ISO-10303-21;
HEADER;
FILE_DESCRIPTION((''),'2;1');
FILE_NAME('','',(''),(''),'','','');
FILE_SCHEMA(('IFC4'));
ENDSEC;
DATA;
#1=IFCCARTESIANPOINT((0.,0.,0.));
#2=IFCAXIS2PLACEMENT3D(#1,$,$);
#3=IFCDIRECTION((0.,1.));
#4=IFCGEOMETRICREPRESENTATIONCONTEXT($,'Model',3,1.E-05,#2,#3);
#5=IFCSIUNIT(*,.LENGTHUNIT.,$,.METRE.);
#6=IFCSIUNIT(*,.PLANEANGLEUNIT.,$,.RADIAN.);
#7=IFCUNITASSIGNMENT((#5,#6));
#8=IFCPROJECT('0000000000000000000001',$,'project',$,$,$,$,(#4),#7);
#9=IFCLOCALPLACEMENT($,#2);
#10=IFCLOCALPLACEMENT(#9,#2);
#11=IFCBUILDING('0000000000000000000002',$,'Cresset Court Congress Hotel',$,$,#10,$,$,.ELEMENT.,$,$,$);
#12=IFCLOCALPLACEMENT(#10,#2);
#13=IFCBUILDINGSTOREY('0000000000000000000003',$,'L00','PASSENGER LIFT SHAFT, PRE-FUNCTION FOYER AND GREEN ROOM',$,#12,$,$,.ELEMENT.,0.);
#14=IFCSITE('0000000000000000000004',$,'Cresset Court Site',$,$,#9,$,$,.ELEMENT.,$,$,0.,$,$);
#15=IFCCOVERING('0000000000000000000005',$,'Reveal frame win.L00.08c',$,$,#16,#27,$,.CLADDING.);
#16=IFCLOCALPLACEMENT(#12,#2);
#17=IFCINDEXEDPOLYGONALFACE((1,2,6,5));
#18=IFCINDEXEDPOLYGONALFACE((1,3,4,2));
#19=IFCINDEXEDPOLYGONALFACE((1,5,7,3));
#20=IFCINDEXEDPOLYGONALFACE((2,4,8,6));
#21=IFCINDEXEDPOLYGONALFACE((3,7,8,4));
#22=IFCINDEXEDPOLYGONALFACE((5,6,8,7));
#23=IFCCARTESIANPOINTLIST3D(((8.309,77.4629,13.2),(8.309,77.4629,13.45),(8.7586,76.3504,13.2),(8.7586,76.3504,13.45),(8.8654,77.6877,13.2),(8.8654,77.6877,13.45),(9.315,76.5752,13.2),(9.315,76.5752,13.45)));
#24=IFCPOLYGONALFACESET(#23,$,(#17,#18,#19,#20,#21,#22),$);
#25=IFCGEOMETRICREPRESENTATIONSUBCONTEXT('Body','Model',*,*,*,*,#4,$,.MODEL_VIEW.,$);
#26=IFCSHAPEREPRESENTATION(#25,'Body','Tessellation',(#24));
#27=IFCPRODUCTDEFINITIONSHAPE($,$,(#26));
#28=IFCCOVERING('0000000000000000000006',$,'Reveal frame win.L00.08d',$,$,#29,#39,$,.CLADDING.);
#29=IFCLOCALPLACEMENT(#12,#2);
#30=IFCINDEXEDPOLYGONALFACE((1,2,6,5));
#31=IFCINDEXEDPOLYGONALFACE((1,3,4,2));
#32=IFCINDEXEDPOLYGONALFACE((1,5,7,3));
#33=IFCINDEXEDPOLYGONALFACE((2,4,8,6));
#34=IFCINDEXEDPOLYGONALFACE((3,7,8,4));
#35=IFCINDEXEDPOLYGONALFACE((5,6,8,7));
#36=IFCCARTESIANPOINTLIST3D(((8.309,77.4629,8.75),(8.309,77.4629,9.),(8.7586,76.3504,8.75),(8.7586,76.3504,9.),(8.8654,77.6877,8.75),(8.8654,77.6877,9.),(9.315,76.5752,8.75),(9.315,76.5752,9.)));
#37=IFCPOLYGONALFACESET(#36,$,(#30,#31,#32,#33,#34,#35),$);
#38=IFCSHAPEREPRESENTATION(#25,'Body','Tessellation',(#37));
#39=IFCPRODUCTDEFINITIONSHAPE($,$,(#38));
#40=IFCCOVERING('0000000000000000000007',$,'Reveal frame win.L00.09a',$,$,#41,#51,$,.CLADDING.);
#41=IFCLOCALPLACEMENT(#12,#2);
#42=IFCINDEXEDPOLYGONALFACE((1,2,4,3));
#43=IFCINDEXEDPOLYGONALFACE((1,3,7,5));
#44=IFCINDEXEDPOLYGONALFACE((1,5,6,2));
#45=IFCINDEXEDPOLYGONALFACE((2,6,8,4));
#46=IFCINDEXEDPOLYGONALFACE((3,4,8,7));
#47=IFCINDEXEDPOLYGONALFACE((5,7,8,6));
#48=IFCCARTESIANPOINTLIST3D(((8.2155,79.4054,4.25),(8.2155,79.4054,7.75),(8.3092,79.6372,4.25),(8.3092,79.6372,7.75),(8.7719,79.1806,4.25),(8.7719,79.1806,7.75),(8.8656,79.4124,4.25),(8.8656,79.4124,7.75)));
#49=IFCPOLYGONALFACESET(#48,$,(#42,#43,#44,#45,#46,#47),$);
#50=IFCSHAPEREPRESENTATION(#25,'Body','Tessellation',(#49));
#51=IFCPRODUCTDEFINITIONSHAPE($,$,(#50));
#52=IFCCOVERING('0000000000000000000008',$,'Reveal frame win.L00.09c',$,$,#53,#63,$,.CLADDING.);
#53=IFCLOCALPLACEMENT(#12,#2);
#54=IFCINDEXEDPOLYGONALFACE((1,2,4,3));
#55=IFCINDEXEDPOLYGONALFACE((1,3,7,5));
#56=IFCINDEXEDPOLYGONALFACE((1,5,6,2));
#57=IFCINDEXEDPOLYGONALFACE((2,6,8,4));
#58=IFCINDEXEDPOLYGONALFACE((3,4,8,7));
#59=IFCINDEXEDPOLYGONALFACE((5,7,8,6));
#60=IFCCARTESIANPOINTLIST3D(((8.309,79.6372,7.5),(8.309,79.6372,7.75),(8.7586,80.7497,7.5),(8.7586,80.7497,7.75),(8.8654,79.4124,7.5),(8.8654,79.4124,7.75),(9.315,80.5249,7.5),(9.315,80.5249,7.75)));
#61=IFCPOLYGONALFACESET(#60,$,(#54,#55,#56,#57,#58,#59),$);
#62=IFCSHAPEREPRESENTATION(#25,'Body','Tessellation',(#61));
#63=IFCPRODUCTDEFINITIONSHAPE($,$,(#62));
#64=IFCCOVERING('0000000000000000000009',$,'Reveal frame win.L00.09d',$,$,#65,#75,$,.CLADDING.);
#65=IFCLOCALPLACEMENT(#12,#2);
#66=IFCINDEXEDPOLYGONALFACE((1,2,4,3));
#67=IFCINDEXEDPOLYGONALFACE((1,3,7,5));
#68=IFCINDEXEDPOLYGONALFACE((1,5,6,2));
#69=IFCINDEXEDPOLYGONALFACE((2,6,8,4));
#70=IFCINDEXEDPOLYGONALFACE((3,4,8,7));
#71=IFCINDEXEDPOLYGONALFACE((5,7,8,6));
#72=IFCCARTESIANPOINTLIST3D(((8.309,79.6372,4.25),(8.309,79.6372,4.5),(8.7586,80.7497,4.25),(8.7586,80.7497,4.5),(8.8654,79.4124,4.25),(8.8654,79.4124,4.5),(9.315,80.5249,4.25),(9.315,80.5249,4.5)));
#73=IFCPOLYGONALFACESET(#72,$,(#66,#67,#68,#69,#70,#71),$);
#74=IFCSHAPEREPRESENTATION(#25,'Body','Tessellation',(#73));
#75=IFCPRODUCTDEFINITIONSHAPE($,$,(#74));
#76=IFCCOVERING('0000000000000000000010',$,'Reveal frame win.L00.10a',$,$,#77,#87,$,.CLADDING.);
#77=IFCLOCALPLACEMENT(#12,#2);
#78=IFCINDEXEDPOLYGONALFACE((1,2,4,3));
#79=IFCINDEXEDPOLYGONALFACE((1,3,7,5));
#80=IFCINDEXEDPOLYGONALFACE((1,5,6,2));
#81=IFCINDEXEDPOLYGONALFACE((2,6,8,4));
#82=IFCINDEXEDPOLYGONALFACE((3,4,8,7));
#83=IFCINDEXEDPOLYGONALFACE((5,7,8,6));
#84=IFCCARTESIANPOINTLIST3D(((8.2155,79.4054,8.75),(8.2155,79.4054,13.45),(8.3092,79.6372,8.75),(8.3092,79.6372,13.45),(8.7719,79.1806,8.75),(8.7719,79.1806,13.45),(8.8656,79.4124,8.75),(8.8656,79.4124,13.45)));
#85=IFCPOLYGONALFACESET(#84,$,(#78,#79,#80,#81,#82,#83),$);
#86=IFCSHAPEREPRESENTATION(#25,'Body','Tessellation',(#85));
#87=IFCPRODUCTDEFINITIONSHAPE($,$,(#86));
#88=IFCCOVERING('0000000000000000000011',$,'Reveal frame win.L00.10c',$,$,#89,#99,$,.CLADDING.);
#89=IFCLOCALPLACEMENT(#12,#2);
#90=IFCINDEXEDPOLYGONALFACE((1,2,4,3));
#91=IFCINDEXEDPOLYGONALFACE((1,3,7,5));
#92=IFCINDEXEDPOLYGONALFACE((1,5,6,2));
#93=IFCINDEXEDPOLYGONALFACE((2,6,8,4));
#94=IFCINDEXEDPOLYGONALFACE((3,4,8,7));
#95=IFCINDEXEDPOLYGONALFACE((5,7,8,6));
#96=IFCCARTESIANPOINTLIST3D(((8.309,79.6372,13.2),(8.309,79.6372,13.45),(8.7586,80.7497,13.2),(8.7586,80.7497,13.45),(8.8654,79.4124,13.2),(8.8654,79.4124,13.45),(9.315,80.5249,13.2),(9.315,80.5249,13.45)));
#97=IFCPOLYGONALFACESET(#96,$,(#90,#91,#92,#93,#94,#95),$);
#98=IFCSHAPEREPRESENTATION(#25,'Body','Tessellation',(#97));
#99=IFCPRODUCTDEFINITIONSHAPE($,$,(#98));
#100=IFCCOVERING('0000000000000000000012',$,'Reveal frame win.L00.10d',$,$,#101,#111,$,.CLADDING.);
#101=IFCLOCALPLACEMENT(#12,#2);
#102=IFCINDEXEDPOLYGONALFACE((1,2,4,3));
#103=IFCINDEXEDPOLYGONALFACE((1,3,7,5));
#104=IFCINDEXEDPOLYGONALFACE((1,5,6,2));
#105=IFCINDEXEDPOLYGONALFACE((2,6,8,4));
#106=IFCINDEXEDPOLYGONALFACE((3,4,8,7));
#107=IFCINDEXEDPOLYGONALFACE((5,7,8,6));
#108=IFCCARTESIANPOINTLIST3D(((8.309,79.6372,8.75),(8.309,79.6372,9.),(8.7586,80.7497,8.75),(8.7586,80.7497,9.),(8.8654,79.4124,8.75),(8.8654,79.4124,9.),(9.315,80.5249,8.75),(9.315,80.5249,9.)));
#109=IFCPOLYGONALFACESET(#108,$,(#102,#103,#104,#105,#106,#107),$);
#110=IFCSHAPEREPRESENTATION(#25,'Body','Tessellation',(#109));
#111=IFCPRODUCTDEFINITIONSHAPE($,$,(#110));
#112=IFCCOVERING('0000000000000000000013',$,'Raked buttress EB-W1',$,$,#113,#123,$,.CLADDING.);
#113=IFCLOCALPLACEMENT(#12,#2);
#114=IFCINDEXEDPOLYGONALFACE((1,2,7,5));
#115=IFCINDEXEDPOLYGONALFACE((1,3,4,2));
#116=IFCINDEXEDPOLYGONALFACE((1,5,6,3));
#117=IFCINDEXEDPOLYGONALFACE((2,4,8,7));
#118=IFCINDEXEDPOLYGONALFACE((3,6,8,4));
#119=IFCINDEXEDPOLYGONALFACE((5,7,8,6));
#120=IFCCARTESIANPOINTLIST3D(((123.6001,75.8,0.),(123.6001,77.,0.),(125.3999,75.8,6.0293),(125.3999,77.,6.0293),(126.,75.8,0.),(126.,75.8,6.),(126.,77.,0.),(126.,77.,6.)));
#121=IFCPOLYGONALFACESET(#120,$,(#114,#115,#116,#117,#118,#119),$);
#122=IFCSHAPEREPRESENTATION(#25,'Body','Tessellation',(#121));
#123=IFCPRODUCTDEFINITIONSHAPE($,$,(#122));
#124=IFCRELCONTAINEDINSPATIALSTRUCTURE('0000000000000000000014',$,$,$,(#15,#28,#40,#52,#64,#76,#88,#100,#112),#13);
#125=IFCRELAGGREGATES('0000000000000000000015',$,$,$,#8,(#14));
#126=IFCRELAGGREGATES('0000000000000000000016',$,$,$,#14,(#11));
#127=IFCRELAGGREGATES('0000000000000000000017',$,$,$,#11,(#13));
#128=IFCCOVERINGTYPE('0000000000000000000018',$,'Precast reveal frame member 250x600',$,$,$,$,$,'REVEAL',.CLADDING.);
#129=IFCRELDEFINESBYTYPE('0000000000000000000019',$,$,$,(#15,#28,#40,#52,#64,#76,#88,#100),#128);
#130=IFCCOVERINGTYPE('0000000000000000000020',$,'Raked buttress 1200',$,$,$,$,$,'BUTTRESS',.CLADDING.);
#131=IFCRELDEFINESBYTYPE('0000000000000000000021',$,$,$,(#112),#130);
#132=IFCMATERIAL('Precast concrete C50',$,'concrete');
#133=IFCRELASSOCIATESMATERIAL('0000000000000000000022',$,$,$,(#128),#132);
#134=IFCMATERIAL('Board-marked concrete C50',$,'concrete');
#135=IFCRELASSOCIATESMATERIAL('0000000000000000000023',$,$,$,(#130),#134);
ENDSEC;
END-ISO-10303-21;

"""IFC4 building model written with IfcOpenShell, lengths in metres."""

from ifc_helpers import new_model, si_unit, direction, frame, origin, origin_2d, place, context, subcontext, project, spatial, polyline, rectangle, outline, extrude, material, type_object, element, save


model = new_model("IFC4")

# Units and contexts
model_context = context("Model", 3, precision=1e-05, world=origin(), true_north=direction((0.0, 1.0)))
body_context = subcontext(model_context, "Body", "Model", "MODEL_VIEW")
ifc_project = project(units=[si_unit("LENGTHUNIT", "METRE"), si_unit("PLANEANGLEUNIT", "RADIAN")], contexts=[model_context])

# Site, building, storey
site_placement = place(None, origin())
site = spatial("IfcSite", under=ifc_project, at=site_placement, Name="Cresset Court Site", CompositionType="ELEMENT", RefElevation=0.0)
building_placement = place(site_placement, origin())
building = spatial("IfcBuilding", under=site, at=building_placement, Name="Cresset Court Congress Hotel", CompositionType="ELEMENT")
storey_placement = place(building_placement, origin())
storey = spatial("IfcBuildingStorey", under=building, at=storey_placement, Name="L00", Description="PASSENGER LIFT SHAFT, PRE-FUNCTION FOYER AND GREEN ROOM", CompositionType="ELEMENT", Elevation=0.0)

# Coverings
ifc_material_1 = material(Name="Precast concrete C50", Category="concrete")
covering_type_1 = type_object("IfcCoveringType", Name="Precast reveal frame member 250x600", ElementType="REVEAL", PredefinedType="CLADDING", material=ifc_material_1)
for number, where, z_axis, x_axis, name in (
    (1, (8.812, 77.019, 13.2), (0.0, 0.0, 1.0), (-0.374623, 0.927177, 0.0), "Reveal frame win.L00.08c"),
    (2, (8.812, 77.019, 8.75), (0.0, 0.0, 1.0), (-0.374623, 0.927177, 0.0), "Reveal frame win.L00.08d"),
):
    element("IfcCovering", number, at=place(storey_placement, frame(where, z_axis=z_axis, x_axis=x_axis)), inside=storey, type_object=covering_type_1, Name=name, PredefinedType="CLADDING", context=body_context, shape_type="SweptSolid", body=[
        extrude(rectangle(XDim=1.2, YDim=0.6001, at=origin_2d()), origin(), (0.0, 0.0, 1.0), 0.25),
    ])
covering_1_placement = place(storey_placement, frame((8.5405, 79.4089, 4.25), z_axis=(0.0, 0.0, 1.0), x_axis=(0.374623, 0.927177, 0.0)))
element("IfcCovering", 3, at=covering_1_placement, inside=storey, type_object=covering_type_1, Name="Reveal frame win.L00.09a", PredefinedType="CLADDING", context=body_context, shape_type="SweptSolid", body=[
    extrude(rectangle(XDim=0.25, YDim=0.6001, at=origin_2d()), origin(), (0.0, 0.0, 1.0), 3.5),
])
for number, where, z_axis, x_axis, name in (
    (4, (8.812, 80.0811, 7.5), (0.0, 0.0, 1.0), (0.374623, 0.927177, 0.0), "Reveal frame win.L00.09c"),
    (5, (8.812, 80.0811, 4.25), (0.0, 0.0, 1.0), (0.374623, 0.927177, 0.0), "Reveal frame win.L00.09d"),
):
    element("IfcCovering", number, at=place(storey_placement, frame(where, z_axis=z_axis, x_axis=x_axis)), inside=storey, type_object=covering_type_1, Name=name, PredefinedType="CLADDING", context=body_context, shape_type="SweptSolid", body=[
        extrude(rectangle(XDim=1.2, YDim=0.6001, at=origin_2d()), origin(), (0.0, 0.0, 1.0), 0.25),
    ])
covering_2_placement = place(storey_placement, frame((8.5405, 79.4089, 8.75), z_axis=(0.0, 0.0, 1.0), x_axis=(0.374623, 0.927177, 0.0)))
element("IfcCovering", 6, at=covering_2_placement, inside=storey, type_object=covering_type_1, Name="Reveal frame win.L00.10a", PredefinedType="CLADDING", context=body_context, shape_type="SweptSolid", body=[
    extrude(rectangle(XDim=0.25, YDim=0.6001, at=origin_2d()), origin(), (0.0, 0.0, 1.0), 4.7),
])
for number, where, z_axis, x_axis, name in (
    (7, (8.812, 80.0811, 13.2), (0.0, 0.0, 1.0), (0.374623, 0.927177, 0.0), "Reveal frame win.L00.10c"),
    (8, (8.812, 80.0811, 8.75), (0.0, 0.0, 1.0), (0.374623, 0.927177, 0.0), "Reveal frame win.L00.10d"),
):
    element("IfcCovering", number, at=place(storey_placement, frame(where, z_axis=z_axis, x_axis=x_axis)), inside=storey, type_object=covering_type_1, Name=name, PredefinedType="CLADDING", context=body_context, shape_type="SweptSolid", body=[
        extrude(rectangle(XDim=1.2, YDim=0.6001, at=origin_2d()), origin(), (0.0, 0.0, 1.0), 0.25),
    ])
ifc_material_2 = material(Name="Board-marked concrete C50", Category="concrete")
covering_type_2 = type_object("IfcCoveringType", Name="Raked buttress 1200", ElementType="BUTTRESS", PredefinedType="CLADDING", material=ifc_material_2)
covering_3_placement = place(storey_placement, frame((0.0, 76.3999, 0.0)))
element("IfcCovering", 9, at=covering_3_placement, inside=storey, type_object=covering_type_2, Name="Raked buttress EB-W1", PredefinedType="CLADDING", context=body_context, shape_type="SweptSolid", body=[
    extrude(outline(polyline([(126.0, 6.0), (125.3999, 6.0293), (123.6001, 0.0), (126.0, 0.0), (126.0, 6.0)])), frame((0.0, 0.6001, 0.0), z_axis=(0.0, -1.0, 0.0), x_axis=(1.0, 0.0, 0.0)), (0.0, 0.0, 1.0), 1.2),
])

save(model, "model.ifc")
